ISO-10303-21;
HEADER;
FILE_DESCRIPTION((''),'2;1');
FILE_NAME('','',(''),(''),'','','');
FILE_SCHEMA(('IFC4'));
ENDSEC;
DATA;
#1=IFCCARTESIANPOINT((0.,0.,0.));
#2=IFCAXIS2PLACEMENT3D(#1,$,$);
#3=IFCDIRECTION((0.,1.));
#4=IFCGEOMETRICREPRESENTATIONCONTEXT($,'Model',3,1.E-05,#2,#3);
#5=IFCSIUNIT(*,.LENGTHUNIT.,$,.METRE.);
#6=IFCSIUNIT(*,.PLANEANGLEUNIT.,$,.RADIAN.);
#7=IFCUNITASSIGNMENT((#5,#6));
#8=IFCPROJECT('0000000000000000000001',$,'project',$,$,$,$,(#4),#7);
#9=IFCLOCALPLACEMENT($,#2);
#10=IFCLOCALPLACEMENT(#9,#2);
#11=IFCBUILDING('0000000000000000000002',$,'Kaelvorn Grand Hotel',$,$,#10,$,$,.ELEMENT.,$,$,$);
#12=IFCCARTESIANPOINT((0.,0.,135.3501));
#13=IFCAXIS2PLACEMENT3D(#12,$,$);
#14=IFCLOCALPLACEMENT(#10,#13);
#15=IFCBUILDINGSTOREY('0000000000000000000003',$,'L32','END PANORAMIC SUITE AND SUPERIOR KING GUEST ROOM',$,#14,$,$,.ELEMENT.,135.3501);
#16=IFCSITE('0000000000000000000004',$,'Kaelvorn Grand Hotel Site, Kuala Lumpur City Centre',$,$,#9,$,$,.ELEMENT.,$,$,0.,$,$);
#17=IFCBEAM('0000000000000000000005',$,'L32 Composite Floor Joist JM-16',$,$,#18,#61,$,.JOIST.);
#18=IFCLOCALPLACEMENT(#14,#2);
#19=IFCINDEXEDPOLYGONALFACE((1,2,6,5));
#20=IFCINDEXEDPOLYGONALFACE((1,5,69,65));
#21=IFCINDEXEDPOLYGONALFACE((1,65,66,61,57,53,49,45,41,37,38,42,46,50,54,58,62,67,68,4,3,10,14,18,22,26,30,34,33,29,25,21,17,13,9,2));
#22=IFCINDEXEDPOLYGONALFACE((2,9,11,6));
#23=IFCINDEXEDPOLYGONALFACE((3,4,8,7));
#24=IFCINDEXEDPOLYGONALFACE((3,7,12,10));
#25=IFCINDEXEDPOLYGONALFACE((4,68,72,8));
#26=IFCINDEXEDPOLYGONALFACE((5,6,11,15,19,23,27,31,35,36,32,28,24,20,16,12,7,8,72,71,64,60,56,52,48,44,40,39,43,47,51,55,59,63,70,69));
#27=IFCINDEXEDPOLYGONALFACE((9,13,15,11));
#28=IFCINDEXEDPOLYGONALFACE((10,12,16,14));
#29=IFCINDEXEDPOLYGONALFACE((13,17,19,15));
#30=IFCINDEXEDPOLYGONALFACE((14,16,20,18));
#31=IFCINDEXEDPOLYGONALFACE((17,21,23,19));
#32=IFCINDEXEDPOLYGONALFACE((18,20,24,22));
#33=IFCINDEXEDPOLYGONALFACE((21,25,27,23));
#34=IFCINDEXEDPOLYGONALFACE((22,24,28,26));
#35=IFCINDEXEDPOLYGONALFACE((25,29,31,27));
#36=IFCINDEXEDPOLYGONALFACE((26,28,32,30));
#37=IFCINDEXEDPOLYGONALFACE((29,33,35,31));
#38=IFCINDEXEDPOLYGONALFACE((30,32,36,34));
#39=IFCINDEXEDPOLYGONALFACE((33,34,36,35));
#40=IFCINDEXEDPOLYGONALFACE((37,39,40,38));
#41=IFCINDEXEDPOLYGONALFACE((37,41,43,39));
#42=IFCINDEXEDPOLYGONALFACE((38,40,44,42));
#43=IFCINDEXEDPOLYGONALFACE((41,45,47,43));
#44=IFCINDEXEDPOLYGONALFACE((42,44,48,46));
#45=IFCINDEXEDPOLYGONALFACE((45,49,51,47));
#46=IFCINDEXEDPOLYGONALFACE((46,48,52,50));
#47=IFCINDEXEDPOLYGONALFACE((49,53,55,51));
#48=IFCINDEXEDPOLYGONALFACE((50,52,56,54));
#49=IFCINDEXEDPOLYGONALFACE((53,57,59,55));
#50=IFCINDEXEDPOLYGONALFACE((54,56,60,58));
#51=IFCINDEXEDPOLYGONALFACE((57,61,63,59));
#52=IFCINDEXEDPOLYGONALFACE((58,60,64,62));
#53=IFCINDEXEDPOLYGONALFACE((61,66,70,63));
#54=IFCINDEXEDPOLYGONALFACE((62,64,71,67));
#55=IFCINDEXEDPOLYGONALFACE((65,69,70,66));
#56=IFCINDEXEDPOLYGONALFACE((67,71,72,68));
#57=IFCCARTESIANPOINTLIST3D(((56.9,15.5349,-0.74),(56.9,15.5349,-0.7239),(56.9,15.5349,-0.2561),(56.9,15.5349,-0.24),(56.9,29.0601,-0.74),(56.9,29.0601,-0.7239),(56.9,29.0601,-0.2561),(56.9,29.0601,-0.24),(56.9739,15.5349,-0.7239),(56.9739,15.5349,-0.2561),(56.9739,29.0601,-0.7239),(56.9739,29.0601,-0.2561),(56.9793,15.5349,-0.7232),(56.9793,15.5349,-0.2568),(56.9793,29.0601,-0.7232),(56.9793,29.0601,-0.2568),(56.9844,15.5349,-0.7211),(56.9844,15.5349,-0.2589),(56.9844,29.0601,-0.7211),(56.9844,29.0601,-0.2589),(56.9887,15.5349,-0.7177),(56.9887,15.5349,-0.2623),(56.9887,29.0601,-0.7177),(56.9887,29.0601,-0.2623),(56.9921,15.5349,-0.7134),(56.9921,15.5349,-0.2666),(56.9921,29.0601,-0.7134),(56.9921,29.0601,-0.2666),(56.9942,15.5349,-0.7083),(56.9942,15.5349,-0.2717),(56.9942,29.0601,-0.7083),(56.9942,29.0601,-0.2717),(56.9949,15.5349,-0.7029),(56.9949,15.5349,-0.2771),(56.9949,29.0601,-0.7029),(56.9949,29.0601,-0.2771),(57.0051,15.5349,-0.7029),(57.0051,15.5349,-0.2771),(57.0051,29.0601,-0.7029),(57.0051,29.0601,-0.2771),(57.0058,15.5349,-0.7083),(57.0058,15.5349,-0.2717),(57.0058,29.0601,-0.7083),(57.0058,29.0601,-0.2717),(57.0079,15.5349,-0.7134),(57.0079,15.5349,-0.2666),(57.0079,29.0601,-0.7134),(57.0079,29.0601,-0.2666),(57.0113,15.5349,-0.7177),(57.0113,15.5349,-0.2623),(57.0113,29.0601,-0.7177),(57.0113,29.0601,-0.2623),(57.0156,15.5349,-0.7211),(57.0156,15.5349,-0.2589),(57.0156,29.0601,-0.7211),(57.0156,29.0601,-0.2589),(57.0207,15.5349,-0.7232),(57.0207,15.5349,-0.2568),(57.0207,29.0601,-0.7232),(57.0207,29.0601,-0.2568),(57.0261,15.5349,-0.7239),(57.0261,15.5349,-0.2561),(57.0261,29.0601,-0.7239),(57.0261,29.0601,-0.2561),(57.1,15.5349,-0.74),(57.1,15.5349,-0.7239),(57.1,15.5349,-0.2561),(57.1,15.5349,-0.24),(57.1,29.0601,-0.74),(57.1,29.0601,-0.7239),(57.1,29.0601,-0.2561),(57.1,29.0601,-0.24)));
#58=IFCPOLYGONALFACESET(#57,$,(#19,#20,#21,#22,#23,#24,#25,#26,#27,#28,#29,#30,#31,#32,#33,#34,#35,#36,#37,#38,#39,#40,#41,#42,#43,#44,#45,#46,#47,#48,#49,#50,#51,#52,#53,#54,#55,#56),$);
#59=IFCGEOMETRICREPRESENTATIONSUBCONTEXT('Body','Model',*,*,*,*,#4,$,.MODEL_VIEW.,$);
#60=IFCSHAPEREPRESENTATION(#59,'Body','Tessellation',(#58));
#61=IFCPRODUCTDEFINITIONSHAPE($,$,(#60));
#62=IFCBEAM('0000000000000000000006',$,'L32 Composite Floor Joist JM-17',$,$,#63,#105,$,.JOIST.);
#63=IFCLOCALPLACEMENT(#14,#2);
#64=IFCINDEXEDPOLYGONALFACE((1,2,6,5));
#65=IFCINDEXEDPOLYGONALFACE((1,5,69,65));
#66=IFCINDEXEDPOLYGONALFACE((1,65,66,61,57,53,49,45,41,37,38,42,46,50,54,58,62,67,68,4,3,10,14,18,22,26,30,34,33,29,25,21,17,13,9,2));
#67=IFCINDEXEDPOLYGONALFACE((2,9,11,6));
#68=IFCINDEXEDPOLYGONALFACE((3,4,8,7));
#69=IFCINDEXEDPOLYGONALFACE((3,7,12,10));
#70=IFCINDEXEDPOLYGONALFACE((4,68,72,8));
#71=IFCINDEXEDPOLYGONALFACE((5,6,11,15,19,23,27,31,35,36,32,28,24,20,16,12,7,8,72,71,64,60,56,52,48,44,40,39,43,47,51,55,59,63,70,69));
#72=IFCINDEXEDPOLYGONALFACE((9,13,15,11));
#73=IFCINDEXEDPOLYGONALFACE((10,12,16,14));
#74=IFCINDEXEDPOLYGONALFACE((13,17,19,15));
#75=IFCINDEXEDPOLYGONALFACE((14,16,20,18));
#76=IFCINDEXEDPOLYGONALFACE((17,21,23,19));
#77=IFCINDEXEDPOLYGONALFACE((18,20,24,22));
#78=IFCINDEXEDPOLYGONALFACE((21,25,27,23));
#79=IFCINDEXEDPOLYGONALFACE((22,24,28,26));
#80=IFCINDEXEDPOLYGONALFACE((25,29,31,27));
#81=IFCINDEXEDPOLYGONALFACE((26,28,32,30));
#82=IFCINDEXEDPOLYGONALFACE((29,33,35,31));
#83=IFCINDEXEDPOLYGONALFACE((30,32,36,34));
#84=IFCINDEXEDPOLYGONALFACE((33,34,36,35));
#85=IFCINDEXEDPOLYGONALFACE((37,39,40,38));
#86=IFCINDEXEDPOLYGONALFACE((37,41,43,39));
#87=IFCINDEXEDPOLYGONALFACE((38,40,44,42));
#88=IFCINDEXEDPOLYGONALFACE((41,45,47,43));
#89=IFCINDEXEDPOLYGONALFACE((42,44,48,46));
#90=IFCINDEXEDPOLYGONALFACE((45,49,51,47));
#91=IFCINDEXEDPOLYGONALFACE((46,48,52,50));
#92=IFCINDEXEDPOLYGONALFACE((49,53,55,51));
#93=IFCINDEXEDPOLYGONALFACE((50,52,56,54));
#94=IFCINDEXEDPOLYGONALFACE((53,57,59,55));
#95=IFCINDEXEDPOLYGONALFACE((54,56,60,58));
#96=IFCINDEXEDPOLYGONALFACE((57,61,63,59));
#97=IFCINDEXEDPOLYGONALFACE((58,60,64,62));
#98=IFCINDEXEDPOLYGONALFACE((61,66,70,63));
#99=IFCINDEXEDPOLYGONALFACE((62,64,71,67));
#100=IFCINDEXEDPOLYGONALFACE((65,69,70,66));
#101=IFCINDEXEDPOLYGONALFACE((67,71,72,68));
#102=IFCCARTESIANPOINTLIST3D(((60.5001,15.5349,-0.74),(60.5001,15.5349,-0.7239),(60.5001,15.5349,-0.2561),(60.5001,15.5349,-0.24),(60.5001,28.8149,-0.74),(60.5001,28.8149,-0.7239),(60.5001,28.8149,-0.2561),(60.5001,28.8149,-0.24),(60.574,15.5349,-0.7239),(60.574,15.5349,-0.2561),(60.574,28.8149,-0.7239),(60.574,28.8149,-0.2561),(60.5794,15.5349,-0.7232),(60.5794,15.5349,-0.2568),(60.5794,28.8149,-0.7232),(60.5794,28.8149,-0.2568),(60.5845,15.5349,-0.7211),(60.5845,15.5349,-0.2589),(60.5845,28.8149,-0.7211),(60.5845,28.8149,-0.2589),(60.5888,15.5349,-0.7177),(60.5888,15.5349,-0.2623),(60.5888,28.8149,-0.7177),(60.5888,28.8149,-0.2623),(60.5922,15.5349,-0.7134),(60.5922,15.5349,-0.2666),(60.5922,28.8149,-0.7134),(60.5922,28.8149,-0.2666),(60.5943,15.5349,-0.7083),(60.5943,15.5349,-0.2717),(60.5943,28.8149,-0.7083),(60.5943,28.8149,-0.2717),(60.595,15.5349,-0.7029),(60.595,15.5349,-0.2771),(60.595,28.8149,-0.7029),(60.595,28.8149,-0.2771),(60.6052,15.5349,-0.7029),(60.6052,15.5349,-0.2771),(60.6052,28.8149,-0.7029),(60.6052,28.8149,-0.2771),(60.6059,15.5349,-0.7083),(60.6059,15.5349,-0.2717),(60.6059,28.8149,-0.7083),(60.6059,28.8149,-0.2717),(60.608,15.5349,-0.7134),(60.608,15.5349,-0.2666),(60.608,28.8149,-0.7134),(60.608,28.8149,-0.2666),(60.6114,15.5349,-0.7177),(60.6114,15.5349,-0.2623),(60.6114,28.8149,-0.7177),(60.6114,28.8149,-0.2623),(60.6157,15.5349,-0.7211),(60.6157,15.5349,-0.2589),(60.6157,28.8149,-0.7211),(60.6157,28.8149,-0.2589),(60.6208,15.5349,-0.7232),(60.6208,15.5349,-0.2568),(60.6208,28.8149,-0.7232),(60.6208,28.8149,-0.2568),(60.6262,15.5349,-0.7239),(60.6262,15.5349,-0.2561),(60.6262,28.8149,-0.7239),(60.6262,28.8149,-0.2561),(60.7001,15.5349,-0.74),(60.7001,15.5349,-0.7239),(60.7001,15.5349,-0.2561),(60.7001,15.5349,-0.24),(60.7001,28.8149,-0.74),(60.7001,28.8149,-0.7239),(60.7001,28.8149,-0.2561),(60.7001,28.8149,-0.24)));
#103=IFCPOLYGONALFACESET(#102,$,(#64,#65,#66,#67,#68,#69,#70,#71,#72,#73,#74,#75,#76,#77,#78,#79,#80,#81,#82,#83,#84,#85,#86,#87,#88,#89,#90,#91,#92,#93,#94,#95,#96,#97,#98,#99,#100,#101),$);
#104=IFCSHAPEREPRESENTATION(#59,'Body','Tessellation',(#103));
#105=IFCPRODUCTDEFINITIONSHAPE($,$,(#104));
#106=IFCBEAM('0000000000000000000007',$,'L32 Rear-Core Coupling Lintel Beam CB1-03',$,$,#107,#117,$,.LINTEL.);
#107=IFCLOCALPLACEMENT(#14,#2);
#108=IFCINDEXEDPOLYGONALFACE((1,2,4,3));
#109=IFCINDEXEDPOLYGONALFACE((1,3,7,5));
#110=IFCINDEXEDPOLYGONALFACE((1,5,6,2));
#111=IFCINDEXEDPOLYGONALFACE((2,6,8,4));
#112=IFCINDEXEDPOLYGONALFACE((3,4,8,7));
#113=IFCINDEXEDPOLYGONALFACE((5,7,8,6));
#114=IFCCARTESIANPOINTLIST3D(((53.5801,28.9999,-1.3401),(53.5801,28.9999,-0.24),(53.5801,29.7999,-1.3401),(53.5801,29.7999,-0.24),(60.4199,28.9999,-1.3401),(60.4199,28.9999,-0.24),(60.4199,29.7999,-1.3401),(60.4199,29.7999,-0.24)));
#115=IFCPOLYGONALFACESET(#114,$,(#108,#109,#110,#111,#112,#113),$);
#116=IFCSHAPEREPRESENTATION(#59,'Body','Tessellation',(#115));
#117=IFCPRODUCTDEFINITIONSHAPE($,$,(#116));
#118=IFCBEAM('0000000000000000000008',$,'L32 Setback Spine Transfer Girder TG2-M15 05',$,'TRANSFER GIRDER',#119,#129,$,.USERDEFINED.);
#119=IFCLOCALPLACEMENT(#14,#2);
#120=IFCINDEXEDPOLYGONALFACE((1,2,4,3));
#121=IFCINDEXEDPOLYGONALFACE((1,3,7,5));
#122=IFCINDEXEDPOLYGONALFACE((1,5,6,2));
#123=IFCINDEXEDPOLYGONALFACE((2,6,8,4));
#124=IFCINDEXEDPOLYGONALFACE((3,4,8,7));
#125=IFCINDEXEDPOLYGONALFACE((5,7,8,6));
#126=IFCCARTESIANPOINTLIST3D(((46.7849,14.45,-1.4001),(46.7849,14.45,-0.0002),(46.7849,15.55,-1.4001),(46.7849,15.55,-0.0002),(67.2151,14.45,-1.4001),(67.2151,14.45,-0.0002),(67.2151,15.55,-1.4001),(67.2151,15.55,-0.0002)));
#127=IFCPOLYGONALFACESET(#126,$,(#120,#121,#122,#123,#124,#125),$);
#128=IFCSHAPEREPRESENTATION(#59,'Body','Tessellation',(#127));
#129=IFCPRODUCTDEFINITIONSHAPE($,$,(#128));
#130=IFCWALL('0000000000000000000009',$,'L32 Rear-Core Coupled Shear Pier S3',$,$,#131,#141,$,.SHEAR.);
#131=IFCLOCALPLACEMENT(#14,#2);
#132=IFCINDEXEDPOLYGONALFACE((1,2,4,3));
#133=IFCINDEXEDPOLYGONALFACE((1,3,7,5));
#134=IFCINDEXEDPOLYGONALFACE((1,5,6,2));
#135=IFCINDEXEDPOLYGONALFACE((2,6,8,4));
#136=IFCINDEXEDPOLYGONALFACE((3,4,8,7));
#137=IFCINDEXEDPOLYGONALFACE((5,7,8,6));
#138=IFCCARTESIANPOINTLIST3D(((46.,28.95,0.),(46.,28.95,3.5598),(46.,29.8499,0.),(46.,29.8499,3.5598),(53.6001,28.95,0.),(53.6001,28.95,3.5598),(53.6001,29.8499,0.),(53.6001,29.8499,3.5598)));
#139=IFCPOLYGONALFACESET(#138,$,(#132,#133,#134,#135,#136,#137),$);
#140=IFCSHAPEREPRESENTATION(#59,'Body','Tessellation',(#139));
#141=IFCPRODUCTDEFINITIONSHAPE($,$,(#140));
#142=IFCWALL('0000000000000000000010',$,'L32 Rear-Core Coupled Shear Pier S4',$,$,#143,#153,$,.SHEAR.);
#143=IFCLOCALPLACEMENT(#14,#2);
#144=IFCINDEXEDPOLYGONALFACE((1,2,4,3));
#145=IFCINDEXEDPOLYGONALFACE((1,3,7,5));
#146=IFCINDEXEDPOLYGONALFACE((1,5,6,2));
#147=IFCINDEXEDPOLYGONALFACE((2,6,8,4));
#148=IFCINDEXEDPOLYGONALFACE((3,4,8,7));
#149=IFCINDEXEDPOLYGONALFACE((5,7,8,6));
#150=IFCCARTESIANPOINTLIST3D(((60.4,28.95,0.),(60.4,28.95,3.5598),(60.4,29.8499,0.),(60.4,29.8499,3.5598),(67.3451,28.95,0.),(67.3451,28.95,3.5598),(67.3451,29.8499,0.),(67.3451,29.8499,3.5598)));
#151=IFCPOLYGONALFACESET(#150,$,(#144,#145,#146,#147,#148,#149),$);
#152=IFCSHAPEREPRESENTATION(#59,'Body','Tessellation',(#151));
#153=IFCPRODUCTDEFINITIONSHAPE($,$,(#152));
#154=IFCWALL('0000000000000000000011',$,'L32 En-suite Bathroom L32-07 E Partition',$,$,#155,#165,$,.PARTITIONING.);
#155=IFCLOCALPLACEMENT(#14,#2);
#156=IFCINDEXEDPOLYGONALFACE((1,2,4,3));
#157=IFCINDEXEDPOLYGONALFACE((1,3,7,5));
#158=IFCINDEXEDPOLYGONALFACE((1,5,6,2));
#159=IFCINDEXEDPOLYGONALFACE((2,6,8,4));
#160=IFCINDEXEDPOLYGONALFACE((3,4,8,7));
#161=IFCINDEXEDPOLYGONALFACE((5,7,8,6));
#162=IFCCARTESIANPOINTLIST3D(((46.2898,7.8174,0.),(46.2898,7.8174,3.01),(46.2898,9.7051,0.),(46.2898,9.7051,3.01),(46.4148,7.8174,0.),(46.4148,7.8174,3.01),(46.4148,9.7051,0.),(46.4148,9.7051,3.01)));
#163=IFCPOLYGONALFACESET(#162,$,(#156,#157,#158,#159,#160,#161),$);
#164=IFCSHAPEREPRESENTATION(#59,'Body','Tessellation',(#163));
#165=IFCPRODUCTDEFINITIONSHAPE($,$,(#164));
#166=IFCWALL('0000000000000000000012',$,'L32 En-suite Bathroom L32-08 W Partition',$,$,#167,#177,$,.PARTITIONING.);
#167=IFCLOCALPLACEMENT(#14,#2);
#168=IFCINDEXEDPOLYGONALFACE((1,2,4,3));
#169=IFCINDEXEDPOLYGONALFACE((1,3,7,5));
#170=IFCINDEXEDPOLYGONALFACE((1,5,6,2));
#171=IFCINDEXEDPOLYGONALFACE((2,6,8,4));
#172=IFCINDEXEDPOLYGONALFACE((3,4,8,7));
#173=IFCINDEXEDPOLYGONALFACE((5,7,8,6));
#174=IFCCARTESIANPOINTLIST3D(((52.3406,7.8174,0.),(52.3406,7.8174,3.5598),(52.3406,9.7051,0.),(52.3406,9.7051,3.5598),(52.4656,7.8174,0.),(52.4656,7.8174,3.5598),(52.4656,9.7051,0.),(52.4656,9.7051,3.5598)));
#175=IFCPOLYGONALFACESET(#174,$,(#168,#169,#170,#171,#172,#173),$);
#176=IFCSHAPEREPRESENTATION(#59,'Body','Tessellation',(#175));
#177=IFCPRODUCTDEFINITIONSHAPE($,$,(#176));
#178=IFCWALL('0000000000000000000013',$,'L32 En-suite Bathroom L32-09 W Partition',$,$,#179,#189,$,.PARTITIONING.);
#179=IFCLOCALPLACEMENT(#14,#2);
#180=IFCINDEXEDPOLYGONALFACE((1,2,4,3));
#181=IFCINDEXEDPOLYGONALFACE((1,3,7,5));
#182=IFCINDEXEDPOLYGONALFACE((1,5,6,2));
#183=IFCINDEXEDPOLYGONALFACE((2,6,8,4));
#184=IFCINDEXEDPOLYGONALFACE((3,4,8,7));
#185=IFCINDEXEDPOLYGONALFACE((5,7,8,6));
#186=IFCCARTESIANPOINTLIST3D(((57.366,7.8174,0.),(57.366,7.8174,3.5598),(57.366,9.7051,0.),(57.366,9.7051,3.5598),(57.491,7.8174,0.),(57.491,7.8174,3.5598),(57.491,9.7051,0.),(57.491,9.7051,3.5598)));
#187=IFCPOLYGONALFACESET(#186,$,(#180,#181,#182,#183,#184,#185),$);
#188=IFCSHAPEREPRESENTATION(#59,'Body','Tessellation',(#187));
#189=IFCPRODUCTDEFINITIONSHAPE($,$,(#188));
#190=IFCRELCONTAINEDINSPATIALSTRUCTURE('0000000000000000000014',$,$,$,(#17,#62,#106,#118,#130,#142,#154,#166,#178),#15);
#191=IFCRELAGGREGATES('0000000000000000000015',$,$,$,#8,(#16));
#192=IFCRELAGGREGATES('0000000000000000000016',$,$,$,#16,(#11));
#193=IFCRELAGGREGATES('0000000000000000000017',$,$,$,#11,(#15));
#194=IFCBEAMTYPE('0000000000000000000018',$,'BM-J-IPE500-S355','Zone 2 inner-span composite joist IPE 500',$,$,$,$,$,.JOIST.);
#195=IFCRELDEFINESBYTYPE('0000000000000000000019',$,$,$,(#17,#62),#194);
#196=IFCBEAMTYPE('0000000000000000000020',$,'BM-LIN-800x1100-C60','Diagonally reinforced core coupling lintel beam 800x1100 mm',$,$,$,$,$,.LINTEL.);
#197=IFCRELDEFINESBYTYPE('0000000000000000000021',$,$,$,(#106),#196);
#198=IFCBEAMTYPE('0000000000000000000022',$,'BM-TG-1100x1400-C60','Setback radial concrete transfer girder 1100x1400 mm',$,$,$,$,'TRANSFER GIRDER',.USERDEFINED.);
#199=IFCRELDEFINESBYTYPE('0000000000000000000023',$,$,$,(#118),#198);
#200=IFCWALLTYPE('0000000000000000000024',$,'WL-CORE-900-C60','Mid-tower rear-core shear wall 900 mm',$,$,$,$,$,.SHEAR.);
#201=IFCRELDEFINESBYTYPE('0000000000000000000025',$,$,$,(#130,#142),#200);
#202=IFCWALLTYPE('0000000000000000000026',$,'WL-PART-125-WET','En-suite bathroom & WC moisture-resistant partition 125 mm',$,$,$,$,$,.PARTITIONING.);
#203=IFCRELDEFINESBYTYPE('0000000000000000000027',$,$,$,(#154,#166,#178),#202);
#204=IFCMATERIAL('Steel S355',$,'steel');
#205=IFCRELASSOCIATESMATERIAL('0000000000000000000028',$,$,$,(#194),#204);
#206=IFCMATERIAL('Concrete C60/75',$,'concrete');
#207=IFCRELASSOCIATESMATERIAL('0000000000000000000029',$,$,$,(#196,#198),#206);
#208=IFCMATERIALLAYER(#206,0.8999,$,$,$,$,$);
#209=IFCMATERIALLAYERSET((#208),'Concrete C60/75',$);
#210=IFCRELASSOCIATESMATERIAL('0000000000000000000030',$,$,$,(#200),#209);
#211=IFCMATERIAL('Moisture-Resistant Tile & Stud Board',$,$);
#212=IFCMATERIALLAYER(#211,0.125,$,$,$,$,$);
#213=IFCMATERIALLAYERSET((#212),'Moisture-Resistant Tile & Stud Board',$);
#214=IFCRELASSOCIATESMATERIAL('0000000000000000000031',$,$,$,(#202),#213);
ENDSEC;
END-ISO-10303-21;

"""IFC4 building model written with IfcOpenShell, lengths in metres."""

from ifc_helpers import new_model, si_unit, direction, frame, frame_2d, origin, origin_2d, place, context, subcontext, project, spatial, rectangle, i_section, extrude, material, layer, layer_set, material_profile, profile_set, type_object, element, save


model = new_model("IFC4")

# Units and contexts
model_context = context("Model", 3, precision=1e-05, world=origin(), true_north=direction((0.0, 1.0)))
body_context = subcontext(model_context, "Body", "Model", "MODEL_VIEW")
ifc_project = project(units=[si_unit("LENGTHUNIT", "METRE"), si_unit("PLANEANGLEUNIT", "RADIAN")], contexts=[model_context])

# Site, building, storey
site_placement = place(None, origin())
site = spatial("IfcSite", under=ifc_project, at=site_placement, Name="Kaelvorn Grand Hotel Site, Kuala Lumpur City Centre", CompositionType="ELEMENT", RefElevation=0.0)
building_placement = place(site_placement, origin())
building = spatial("IfcBuilding", under=site, at=building_placement, Name="Kaelvorn Grand Hotel", CompositionType="ELEMENT")
storey_placement = place(building_placement, frame((0.0, 0.0, 135.3501)))
storey = spatial("IfcBuildingStorey", under=building, at=storey_placement, Name="L32", Description="END PANORAMIC SUITE AND SUPERIOR KING GUEST ROOM", CompositionType="ELEMENT", Elevation=135.3501)

# Shared definitions
ifc_material_1 = material(Name="Concrete C60/75", Category="concrete")

# Beams
ifc_material_2 = material(Name="Steel S355", Category="steel")
ifc_material_profile_1 = material_profile(ifc_material_2, i_section(OverallWidth=0.2, OverallDepth=0.5, WebThickness=0.0103, FlangeThickness=0.0161, FilletRadius=0.021, at=origin_2d()), Name="IPE 500")
ifc_profile_set_1 = profile_set([ifc_material_profile_1], Name="Steel S355")
beam_type_1 = type_object("IfcBeamType", Name="BM-J-IPE500-S355", Description="Zone 2 inner-span composite joist IPE 500", PredefinedType="JOIST", material=ifc_profile_set_1)
beam_1_placement = place(storey_placement, frame((57.0, 15.5349, -0.49), z_axis=(0.0, 1.0, 0.0), x_axis=(-1.0, 0.0, 0.0)))
element("IfcBeam", 1, at=beam_1_placement, inside=storey, type_object=beam_type_1, Name="L32 Composite Floor Joist JM-16", PredefinedType="JOIST", context=body_context, shape_type="SweptSolid", body=[
    extrude(i_section(OverallWidth=0.2, OverallDepth=0.5, WebThickness=0.0103, FlangeThickness=0.0161, FilletRadius=0.021, at=origin_2d()), origin(), (0.0, 0.0, 1.0), 13.5251),
])
beam_2_placement = place(storey_placement, frame((60.6001, 15.5349, -0.49), z_axis=(0.0, 1.0, 0.0), x_axis=(-1.0, 0.0, 0.0)))
element("IfcBeam", 2, at=beam_2_placement, inside=storey, type_object=beam_type_1, Name="L32 Composite Floor Joist JM-17", PredefinedType="JOIST", context=body_context, shape_type="SweptSolid", body=[
    extrude(i_section(OverallWidth=0.2, OverallDepth=0.5, WebThickness=0.0103, FlangeThickness=0.0161, FilletRadius=0.021, at=origin_2d()), origin(), (0.0, 0.0, 1.0), 13.28),
])
ifc_material_profile_2 = material_profile(ifc_material_1, rectangle(XDim=0.8, YDim=1.1001, at=origin_2d()), Name="RC LINTEL 800x1100")
ifc_profile_set_2 = profile_set([ifc_material_profile_2], Name="Concrete C60/75")
beam_type_2 = type_object("IfcBeamType", Name="BM-LIN-800x1100-C60", Description="Diagonally reinforced core coupling lintel beam 800x1100 mm", PredefinedType="LINTEL", material=ifc_profile_set_2)
beam_3_placement = place(storey_placement, frame((53.5801, 29.3999, -0.79), z_axis=(1.0, 0.0, 0.0), x_axis=(0.0, 1.0, 0.0)))
element("IfcBeam", 3, at=beam_3_placement, inside=storey, type_object=beam_type_2, Name="L32 Rear-Core Coupling Lintel Beam CB1-03", PredefinedType="LINTEL", context=body_context, shape_type="SweptSolid", body=[
    extrude(rectangle(XDim=0.8, YDim=1.1001, at=origin_2d()), origin(), (0.0, 0.0, 1.0), 6.8398),
])
ifc_material_profile_3 = material_profile(ifc_material_1, rectangle(XDim=1.1001, YDim=1.3999, at=origin_2d()), Name="RC TG 1100x1400")
ifc_profile_set_3 = profile_set([ifc_material_profile_3], Name="Concrete C60/75")
beam_type_3 = type_object("IfcBeamType", Name="BM-TG-1100x1400-C60", Description="Setback radial concrete transfer girder 1100x1400 mm", ElementType="TRANSFER GIRDER", PredefinedType="USERDEFINED", material=ifc_profile_set_3)
beam_4_placement = place(storey_placement, frame((46.7849, 15.0, -0.7002), z_axis=(1.0, 0.0, 0.0), x_axis=(0.0, 1.0, 0.0)))
element("IfcBeam", 4, at=beam_4_placement, inside=storey, type_object=beam_type_3, Name="L32 Setback Spine Transfer Girder TG2-M15 05", ObjectType="TRANSFER GIRDER", PredefinedType="USERDEFINED", context=body_context, shape_type="SweptSolid", body=[
    extrude(rectangle(XDim=1.1001, YDim=1.3999, at=origin_2d()), origin(), (0.0, 0.0, 1.0), 20.4302),
])

# Walls
ifc_layer_1 = layer(ifc_material_1, 0.8999)
ifc_layer_set_1 = layer_set([ifc_layer_1], Name="Concrete C60/75")
wall_type_1 = type_object("IfcWallType", Name="WL-CORE-900-C60", Description="Mid-tower rear-core shear wall 900 mm", PredefinedType="SHEAR", material=ifc_layer_set_1)
wall_1_placement = place(storey_placement, frame((46.0, 29.3999, 0.0), z_axis=(0.0, 0.0, 1.0), x_axis=(1.0, 0.0, 0.0)))
element("IfcWall", 5, at=wall_1_placement, inside=storey, type_object=wall_type_1, Name="L32 Rear-Core Coupled Shear Pier S3", PredefinedType="SHEAR", context=body_context, shape_type="SweptSolid", body=[
    extrude(rectangle(XDim=7.6001, YDim=0.8999, at=frame_2d((3.8, 0.0))), origin(), (0.0, 0.0, 1.0), 3.5598),
])
wall_2_placement = place(storey_placement, frame((60.3999, 29.3999, 0.0), z_axis=(0.0, 0.0, 1.0), x_axis=(1.0, 0.0, 0.0)))
element("IfcWall", 6, at=wall_2_placement, inside=storey, type_object=wall_type_1, Name="L32 Rear-Core Coupled Shear Pier S4", PredefinedType="SHEAR", context=body_context, shape_type="SweptSolid", body=[
    extrude(rectangle(XDim=6.9451, YDim=0.8999, at=frame_2d((3.4727, 0.0))), origin(), (0.0, 0.0, 1.0), 3.5598),
])
ifc_material_3 = material(Name="Moisture-Resistant Tile & Stud Board")
ifc_layer_2 = layer(ifc_material_3, 0.125)
ifc_layer_set_2 = layer_set([ifc_layer_2], Name="Moisture-Resistant Tile & Stud Board")
wall_type_2 = type_object("IfcWallType", Name="WL-PART-125-WET", Description="En-suite bathroom & WC moisture-resistant partition 125 mm", PredefinedType="PARTITIONING", material=ifc_layer_set_2)
wall_3_placement = place(storey_placement, frame((46.3523, 7.8174, 0.0), z_axis=(0.0, 0.0, 1.0), x_axis=(0.0, 1.0, 0.0)))
element("IfcWall", 7, at=wall_3_placement, inside=storey, type_object=wall_type_2, Name="L32 En-suite Bathroom L32-07 E Partition", PredefinedType="PARTITIONING", context=body_context, shape_type="SweptSolid", body=[
    extrude(rectangle(XDim=1.8877, YDim=0.125, at=frame_2d((0.9438, 0.0))), origin(), (0.0, 0.0, 1.0), 3.01),
])
for number, where, z_axis, x_axis, name in (
    (8, (52.4031, 7.8174, 0.0), (0.0, 0.0, 1.0), (0.0, 1.0, 0.0), "L32 En-suite Bathroom L32-08 W Partition"),
    (9, (57.4285, 7.8174, 0.0), (0.0, 0.0, 1.0), (0.0, 1.0, 0.0), "L32 En-suite Bathroom L32-09 W Partition"),
):
    element("IfcWall", number, at=place(storey_placement, frame(where, z_axis=z_axis, x_axis=x_axis)), inside=storey, type_object=wall_type_2, Name=name, PredefinedType="PARTITIONING", context=body_context, shape_type="SweptSolid", body=[
        extrude(rectangle(XDim=1.8877, YDim=0.125, at=frame_2d((0.9438, 0.0))), origin(), (0.0, 0.0, 1.0), 3.5598),
    ])

save(model, "model.ifc")
